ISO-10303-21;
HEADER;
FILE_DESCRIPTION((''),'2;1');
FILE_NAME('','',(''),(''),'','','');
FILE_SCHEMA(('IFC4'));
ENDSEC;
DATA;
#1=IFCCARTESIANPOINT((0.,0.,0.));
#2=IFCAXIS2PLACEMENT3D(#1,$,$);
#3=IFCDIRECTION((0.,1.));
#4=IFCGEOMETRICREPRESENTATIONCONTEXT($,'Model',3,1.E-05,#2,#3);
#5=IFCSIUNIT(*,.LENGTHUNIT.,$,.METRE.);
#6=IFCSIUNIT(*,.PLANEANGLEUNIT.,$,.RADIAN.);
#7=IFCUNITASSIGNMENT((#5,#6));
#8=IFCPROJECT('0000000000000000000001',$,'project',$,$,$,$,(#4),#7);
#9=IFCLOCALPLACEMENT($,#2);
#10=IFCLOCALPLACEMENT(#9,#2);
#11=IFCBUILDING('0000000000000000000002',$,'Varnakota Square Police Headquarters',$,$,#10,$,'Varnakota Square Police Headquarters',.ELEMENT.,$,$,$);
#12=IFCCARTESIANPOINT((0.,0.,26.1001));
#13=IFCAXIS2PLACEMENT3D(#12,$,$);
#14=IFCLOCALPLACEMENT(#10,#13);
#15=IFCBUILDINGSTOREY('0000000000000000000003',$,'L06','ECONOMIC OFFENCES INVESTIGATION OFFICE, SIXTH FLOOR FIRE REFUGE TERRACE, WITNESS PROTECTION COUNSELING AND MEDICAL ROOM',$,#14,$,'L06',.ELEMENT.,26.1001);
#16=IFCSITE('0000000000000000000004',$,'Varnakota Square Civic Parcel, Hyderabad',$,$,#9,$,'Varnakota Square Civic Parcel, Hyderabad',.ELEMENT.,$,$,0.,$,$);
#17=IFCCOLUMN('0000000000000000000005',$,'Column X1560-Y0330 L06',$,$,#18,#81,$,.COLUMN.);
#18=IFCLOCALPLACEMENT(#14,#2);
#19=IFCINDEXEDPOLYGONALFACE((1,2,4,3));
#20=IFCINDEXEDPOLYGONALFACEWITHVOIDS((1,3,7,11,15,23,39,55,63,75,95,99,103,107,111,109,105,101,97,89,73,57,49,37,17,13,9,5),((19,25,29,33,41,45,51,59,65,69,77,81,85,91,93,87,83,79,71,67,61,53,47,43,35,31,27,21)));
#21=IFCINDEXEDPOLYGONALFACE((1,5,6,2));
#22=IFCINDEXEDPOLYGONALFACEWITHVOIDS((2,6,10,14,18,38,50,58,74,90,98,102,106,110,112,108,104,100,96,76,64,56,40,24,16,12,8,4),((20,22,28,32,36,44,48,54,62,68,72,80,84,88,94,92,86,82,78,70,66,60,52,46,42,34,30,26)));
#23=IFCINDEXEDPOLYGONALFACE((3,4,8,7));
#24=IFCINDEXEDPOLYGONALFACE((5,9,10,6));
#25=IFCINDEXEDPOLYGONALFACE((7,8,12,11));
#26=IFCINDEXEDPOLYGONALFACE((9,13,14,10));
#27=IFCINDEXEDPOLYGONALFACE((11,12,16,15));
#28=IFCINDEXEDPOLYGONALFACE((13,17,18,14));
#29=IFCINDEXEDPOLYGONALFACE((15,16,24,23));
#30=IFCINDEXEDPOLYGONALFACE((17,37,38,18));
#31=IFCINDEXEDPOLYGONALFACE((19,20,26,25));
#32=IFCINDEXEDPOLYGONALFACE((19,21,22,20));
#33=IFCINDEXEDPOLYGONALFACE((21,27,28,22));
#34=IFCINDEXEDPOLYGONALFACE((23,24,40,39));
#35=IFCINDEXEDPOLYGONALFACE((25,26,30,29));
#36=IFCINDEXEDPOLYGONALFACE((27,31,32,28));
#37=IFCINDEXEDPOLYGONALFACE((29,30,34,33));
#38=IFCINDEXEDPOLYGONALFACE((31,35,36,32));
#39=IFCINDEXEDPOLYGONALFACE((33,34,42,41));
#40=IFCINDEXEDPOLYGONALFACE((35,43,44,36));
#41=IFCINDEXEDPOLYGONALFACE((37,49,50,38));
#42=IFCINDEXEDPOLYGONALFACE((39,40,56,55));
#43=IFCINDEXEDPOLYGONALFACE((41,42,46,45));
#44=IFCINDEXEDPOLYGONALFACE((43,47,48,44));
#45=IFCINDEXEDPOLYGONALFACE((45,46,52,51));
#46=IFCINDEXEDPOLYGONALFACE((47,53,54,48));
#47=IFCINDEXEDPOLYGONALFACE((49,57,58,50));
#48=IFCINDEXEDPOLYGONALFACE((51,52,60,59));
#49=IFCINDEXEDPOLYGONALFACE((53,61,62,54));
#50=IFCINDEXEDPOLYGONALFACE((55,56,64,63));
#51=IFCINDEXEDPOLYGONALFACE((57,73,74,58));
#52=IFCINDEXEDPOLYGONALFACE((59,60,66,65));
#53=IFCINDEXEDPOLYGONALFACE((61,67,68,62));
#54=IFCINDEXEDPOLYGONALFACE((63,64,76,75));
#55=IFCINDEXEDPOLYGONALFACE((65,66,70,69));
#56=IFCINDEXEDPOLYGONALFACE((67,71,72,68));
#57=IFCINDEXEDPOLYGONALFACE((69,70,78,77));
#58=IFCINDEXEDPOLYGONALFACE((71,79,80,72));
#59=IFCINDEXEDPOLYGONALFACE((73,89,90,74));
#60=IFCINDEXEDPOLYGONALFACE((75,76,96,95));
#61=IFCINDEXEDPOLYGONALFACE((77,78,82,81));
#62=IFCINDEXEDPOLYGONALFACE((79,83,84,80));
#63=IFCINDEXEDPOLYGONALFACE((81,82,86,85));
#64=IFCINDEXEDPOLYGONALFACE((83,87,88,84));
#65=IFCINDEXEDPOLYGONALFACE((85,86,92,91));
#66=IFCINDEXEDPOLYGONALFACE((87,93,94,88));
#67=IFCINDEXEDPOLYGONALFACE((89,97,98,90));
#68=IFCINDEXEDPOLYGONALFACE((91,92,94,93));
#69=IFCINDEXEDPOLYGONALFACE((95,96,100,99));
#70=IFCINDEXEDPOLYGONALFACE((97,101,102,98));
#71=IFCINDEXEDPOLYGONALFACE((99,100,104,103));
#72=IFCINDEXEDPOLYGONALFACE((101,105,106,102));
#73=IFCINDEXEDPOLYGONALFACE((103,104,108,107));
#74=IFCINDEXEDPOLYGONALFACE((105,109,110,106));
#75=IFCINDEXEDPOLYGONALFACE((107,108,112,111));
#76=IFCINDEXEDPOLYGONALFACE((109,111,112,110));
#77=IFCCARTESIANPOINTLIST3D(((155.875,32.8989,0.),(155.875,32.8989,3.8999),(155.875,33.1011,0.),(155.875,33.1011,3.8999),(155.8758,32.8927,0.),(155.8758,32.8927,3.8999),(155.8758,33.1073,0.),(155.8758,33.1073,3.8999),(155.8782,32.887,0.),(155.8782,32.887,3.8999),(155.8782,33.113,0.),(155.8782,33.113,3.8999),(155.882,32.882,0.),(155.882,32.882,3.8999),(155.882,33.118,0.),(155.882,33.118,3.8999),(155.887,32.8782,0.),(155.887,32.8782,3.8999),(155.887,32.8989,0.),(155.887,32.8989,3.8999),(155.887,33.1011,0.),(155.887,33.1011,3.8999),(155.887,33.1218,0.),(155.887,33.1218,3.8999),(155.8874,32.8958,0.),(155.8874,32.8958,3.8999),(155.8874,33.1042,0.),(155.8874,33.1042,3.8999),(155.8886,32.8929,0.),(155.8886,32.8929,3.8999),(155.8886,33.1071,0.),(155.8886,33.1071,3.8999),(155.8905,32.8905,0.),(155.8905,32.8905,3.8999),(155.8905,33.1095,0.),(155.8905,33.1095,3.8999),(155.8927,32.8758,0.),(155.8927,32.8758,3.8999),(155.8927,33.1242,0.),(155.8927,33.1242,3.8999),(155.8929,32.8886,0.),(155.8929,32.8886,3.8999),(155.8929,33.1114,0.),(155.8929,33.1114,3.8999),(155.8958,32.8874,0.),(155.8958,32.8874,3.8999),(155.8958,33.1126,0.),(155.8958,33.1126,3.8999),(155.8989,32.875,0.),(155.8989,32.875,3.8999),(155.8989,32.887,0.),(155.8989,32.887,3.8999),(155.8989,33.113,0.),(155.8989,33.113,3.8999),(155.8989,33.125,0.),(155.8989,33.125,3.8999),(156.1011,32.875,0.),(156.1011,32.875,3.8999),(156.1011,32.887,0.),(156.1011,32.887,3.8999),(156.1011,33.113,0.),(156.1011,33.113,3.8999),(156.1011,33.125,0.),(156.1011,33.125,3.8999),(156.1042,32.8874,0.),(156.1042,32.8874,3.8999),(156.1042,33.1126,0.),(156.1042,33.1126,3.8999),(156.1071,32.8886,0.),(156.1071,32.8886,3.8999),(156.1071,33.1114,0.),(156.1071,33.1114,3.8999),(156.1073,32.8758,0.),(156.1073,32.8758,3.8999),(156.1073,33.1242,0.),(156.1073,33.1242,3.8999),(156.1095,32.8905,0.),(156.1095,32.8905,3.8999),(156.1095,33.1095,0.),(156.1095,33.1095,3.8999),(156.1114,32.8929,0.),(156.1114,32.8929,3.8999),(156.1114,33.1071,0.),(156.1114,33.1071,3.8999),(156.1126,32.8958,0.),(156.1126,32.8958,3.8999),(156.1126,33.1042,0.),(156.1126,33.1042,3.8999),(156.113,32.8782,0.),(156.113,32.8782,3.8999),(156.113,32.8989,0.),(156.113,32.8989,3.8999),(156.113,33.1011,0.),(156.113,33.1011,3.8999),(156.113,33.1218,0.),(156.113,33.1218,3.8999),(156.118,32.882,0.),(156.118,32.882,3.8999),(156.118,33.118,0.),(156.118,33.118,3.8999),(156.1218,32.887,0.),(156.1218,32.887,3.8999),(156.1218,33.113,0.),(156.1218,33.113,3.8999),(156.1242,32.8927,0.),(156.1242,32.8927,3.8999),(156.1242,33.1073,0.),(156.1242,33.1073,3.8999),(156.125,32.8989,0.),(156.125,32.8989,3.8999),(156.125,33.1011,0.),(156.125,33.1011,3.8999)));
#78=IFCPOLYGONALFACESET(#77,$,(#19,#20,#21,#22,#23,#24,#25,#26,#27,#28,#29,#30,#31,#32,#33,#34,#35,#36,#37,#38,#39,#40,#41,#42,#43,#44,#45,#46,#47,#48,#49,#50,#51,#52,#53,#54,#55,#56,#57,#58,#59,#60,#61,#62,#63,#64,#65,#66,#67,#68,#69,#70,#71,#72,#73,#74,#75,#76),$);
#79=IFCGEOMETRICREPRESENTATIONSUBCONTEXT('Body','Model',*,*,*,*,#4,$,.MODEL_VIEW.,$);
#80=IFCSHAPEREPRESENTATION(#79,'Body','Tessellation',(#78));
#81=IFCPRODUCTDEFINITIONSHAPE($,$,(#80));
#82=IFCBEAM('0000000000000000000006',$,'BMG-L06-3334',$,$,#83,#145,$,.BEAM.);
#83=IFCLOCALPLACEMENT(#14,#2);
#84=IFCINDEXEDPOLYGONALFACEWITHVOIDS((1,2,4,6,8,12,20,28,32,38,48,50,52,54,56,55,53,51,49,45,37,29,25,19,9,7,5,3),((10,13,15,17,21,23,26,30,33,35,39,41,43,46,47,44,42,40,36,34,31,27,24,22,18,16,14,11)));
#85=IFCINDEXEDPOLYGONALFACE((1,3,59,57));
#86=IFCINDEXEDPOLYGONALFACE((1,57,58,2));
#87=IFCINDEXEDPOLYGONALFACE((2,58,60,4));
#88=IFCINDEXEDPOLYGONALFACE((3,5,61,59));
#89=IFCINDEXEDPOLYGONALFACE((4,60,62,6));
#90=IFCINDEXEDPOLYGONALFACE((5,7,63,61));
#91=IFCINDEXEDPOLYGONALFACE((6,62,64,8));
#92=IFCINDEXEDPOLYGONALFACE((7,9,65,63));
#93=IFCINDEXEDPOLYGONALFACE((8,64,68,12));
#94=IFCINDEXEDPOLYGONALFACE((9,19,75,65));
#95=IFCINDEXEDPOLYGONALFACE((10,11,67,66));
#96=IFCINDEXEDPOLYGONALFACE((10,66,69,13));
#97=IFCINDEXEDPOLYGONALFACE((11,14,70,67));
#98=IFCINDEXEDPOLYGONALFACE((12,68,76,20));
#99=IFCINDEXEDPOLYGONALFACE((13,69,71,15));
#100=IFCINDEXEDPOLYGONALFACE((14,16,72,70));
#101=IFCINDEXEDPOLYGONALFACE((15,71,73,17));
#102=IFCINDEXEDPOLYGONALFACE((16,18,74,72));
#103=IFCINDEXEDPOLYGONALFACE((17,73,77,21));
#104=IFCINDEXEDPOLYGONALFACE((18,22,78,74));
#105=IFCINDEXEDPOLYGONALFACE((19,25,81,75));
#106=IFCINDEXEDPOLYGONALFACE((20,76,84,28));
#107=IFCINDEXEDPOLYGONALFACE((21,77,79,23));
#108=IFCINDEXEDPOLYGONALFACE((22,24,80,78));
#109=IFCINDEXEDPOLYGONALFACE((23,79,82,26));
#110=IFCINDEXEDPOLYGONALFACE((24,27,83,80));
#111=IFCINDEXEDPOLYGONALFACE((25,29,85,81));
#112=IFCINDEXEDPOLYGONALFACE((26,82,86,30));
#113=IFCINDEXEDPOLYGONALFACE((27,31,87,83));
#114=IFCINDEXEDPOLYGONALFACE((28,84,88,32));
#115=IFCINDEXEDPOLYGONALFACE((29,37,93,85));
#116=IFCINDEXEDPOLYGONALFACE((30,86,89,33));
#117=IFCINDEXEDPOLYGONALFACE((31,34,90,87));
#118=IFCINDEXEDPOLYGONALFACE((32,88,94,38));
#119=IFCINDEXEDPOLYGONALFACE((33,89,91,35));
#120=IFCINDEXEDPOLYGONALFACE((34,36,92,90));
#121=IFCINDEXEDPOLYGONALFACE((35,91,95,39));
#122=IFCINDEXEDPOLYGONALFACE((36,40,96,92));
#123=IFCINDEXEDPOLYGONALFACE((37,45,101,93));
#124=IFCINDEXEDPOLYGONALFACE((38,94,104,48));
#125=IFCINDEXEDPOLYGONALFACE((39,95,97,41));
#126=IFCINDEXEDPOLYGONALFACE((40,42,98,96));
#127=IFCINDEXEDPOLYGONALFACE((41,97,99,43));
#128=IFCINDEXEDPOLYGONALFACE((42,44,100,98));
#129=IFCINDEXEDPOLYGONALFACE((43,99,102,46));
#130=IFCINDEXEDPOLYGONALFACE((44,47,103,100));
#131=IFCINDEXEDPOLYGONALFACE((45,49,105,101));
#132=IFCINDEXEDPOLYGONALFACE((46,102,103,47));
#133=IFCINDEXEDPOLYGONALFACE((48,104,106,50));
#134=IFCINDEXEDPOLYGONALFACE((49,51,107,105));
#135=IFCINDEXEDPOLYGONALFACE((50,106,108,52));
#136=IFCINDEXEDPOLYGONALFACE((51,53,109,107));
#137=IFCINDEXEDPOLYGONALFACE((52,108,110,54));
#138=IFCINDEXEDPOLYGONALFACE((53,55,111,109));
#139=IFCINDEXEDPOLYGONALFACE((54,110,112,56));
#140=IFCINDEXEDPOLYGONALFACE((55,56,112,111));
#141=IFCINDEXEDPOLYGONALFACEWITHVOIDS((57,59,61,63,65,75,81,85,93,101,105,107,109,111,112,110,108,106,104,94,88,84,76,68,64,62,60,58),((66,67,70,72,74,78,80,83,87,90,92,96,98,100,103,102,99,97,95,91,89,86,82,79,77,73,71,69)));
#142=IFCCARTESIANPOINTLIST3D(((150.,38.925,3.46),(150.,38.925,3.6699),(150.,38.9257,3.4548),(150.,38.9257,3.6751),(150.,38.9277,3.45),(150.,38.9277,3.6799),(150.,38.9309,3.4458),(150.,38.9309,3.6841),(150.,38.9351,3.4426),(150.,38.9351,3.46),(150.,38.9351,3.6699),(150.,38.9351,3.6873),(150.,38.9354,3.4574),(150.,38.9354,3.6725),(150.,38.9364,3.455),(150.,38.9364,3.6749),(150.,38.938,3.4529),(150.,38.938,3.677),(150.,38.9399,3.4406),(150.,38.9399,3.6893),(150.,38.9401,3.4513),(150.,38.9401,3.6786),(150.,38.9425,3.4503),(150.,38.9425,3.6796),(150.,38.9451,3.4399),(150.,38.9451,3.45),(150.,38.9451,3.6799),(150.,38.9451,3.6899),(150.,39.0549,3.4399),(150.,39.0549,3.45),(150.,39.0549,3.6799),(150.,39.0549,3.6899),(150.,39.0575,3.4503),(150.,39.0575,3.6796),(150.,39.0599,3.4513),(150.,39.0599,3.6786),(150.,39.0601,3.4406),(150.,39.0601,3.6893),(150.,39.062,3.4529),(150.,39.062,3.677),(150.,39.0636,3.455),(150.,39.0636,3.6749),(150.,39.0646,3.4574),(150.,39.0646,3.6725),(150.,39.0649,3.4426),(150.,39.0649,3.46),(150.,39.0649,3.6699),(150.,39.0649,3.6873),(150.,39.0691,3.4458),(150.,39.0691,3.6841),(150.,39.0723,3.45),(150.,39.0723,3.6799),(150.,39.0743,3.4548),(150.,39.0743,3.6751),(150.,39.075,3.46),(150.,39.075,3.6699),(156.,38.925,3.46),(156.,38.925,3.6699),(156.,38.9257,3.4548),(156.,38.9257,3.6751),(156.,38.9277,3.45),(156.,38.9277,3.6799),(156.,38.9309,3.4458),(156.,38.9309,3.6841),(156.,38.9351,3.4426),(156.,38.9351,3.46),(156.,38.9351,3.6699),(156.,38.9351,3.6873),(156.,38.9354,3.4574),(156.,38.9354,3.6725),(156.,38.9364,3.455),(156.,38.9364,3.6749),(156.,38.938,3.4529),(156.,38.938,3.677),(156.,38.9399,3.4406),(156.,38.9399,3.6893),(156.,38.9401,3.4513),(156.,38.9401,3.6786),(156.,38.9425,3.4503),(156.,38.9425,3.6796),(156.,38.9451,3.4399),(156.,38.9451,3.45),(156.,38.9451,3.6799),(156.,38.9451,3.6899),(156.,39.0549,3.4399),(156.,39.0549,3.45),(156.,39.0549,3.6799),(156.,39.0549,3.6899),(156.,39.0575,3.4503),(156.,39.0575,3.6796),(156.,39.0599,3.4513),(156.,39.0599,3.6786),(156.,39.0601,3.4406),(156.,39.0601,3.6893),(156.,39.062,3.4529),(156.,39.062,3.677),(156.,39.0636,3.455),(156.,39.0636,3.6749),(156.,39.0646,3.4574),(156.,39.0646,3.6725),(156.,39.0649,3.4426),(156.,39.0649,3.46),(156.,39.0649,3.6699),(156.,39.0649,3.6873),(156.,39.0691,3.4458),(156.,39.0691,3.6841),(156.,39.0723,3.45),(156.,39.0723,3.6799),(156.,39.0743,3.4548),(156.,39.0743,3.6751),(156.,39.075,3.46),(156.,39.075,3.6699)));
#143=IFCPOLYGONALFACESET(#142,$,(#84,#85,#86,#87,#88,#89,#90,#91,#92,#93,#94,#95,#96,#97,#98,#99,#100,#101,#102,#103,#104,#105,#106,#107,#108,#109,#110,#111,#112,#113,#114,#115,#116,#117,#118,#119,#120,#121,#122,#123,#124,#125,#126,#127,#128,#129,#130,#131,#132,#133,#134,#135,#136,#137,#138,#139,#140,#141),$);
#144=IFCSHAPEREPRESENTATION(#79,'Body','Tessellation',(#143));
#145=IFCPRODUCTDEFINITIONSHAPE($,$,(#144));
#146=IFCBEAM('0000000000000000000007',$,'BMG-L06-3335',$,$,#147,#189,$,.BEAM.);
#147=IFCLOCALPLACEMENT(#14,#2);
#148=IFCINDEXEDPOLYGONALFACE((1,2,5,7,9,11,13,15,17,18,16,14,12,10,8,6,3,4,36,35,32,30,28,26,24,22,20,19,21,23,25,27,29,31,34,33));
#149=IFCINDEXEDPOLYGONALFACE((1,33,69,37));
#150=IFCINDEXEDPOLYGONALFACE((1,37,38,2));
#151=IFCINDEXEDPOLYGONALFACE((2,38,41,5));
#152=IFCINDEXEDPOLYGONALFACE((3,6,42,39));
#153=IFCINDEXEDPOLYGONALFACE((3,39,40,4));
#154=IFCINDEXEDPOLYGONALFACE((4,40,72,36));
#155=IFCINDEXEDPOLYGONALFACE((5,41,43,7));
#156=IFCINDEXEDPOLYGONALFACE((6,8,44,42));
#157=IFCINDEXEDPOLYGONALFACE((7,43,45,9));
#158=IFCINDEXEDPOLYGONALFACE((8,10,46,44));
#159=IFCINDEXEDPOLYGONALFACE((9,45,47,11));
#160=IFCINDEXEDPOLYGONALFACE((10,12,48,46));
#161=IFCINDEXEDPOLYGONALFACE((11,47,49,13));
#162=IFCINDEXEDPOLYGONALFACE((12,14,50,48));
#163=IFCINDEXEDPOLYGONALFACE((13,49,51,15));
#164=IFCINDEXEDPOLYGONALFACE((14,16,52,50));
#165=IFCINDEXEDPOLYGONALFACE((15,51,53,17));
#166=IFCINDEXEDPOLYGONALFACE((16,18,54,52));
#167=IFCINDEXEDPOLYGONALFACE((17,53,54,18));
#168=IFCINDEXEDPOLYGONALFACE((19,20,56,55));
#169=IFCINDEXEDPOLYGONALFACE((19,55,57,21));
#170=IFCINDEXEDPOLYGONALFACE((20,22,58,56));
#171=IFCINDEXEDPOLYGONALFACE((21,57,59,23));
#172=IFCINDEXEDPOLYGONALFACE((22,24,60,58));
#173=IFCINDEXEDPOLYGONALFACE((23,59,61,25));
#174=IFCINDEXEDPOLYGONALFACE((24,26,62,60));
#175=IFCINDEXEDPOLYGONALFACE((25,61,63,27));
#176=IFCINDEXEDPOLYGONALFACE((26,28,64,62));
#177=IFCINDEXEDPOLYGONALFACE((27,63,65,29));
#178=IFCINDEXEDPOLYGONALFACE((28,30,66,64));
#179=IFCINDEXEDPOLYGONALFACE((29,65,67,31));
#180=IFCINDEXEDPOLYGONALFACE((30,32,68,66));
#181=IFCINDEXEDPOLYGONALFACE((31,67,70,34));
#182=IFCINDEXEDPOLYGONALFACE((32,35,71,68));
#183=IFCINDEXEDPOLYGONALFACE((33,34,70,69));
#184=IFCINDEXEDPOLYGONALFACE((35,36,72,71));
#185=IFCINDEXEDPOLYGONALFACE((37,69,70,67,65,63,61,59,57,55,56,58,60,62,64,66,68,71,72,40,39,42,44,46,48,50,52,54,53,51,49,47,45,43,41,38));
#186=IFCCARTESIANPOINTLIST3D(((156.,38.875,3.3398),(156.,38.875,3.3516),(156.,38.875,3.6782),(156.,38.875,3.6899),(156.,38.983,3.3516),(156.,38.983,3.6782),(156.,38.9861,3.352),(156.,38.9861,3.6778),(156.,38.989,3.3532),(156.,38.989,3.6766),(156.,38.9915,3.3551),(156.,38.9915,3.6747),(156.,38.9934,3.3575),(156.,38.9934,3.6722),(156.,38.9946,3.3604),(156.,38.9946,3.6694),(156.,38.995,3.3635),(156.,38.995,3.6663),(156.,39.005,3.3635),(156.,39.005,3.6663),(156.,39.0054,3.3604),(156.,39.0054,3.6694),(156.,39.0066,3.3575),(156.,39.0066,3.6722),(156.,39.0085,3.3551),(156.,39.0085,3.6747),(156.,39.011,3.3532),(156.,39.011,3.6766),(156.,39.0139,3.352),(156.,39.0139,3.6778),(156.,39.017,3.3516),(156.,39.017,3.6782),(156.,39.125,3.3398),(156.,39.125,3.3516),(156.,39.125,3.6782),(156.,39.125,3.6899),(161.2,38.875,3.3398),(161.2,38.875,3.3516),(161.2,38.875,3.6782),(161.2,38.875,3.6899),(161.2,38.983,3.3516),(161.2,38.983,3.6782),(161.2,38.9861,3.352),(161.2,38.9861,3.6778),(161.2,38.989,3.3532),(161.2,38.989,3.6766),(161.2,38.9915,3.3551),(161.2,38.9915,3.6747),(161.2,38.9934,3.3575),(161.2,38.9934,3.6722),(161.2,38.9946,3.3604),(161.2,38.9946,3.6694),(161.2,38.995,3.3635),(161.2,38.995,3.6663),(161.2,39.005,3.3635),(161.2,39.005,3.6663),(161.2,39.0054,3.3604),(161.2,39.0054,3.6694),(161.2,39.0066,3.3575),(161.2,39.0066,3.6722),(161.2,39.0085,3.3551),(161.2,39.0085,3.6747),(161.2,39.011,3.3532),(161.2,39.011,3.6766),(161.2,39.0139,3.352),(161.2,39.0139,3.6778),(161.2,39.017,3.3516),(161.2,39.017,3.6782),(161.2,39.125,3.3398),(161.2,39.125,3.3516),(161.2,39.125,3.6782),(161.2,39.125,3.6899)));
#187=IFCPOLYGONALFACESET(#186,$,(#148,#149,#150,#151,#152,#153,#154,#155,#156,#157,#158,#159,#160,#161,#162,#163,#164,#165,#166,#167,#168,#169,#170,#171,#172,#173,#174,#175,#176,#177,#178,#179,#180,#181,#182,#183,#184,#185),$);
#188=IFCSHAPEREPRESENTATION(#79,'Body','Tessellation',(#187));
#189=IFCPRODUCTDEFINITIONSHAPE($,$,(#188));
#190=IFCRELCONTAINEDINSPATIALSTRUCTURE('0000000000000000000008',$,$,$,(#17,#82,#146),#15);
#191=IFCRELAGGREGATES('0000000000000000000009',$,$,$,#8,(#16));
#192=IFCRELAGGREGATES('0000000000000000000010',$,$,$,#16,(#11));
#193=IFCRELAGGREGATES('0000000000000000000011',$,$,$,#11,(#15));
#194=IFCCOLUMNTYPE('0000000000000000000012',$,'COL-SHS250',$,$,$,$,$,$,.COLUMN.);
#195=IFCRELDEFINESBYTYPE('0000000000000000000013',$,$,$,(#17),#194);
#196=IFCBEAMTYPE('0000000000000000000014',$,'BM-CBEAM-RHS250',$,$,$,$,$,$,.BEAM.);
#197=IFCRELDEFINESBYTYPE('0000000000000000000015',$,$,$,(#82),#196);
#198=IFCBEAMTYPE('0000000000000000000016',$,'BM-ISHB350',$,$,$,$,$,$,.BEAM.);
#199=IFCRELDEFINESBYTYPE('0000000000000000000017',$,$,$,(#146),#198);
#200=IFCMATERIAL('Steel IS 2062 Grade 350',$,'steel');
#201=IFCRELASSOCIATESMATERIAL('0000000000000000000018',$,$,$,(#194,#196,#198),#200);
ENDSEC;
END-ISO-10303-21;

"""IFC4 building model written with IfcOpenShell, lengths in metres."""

from ifc_helpers import new_model, si_unit, direction, frame, origin, origin_2d, place, context, subcontext, project, spatial, hollow_rectangle, i_section, extrude, material, material_profile, profile_set, type_object, element, save


model = new_model("IFC4")

# Units and contexts
model_context = context("Model", 3, precision=1e-05, world=origin(), true_north=direction((0.0, 1.0)))
body_context = subcontext(model_context, "Body", "Model", "MODEL_VIEW")
ifc_project = project(units=[si_unit("LENGTHUNIT", "METRE"), si_unit("PLANEANGLEUNIT", "RADIAN")], contexts=[model_context])

# Site, building, storey
site_placement = place(None, origin())
site = spatial("IfcSite", under=ifc_project, at=site_placement, Name="Varnakota Square Civic Parcel, Hyderabad", LongName="Varnakota Square Civic Parcel, Hyderabad", CompositionType="ELEMENT", RefElevation=0.0)
building_placement = place(site_placement, origin())
building = spatial("IfcBuilding", under=site, at=building_placement, Name="Varnakota Square Police Headquarters", LongName="Varnakota Square Police Headquarters", CompositionType="ELEMENT")
storey_placement = place(building_placement, frame((0.0, 0.0, 26.1001)))
storey = spatial("IfcBuildingStorey", under=building, at=storey_placement, Name="L06", Description="ECONOMIC OFFENCES INVESTIGATION OFFICE, SIXTH FLOOR FIRE REFUGE TERRACE, WITNESS PROTECTION COUNSELING AND MEDICAL ROOM", LongName="L06", CompositionType="ELEMENT", Elevation=26.1001)

# Column
ifc_material_1 = material(Name="Steel IS 2062 Grade 350", Category="steel")
ifc_material_profile_1 = material_profile(ifc_material_1, hollow_rectangle(XDim=0.25, YDim=0.25, WallThickness=0.012, InnerFilletRadius=0.012, OuterFilletRadius=0.0239, at=origin_2d()), Name="SHS 250x250x12")
ifc_profile_set_1 = profile_set([ifc_material_profile_1], Name="Steel IS 2062 Grade 350")
column_type_1 = type_object("IfcColumnType", Name="COL-SHS250", PredefinedType="COLUMN", material=ifc_profile_set_1)
for number, where, z_axis, x_axis, name in (
    (1, (156.0, 33.0, 0.0), (0.0, 0.0, 1.0), (1.0, 0.0, 0.0), "Column X1560-Y0330 L06"),
):
    element("IfcColumn", number, at=place(storey_placement, frame(where, z_axis=z_axis, x_axis=x_axis)), inside=storey, type_object=column_type_1, Name=name, PredefinedType="COLUMN", context=body_context, shape_type="SweptSolid", body=[
        extrude(hollow_rectangle(XDim=0.25, YDim=0.25, WallThickness=0.012, InnerFilletRadius=0.012, OuterFilletRadius=0.0239, at=origin_2d()), origin(), (0.0, 0.0, 1.0), 3.8999),
    ])

# Beams
ifc_material_profile_2 = material_profile(ifc_material_1, hollow_rectangle(XDim=0.1499, YDim=0.25, WallThickness=0.01, InnerFilletRadius=0.01, OuterFilletRadius=0.02, at=origin_2d()), Name="RHS 250x150x10")
ifc_profile_set_2 = profile_set([ifc_material_profile_2], Name="Steel IS 2062 Grade 350")
beam_type_1 = type_object("IfcBeamType", Name="BM-CBEAM-RHS250", PredefinedType="BEAM", material=ifc_profile_set_2)
beam_1_placement = place(storey_placement, frame((150.0, 39.0, 3.5649), z_axis=(1.0, 0.0, 0.0), x_axis=(0.0, 1.0, 0.0)))
element("IfcBeam", 2, at=beam_1_placement, inside=storey, type_object=beam_type_1, Name="BMG-L06-3334", PredefinedType="BEAM", context=body_context, shape_type="SweptSolid", body=[
    extrude(hollow_rectangle(XDim=0.1499, YDim=0.25, WallThickness=0.01, InnerFilletRadius=0.01, OuterFilletRadius=0.02, at=origin_2d()), origin(), (0.0, 0.0, 1.0), 6.0),
])
ifc_material_profile_3 = material_profile(ifc_material_1, i_section(OverallWidth=0.25, OverallDepth=0.3501, WebThickness=0.01, FlangeThickness=0.0117, FilletRadius=0.012, at=origin_2d()), Name="ISHB 350")
ifc_profile_set_3 = profile_set([ifc_material_profile_3], Name="Steel IS 2062 Grade 350")
beam_type_2 = type_object("IfcBeamType", Name="BM-ISHB350", PredefinedType="BEAM", material=ifc_profile_set_3)
beam_2_placement = place(storey_placement, frame((156.0, 39.0, 3.5149), z_axis=(1.0, 0.0, 0.0), x_axis=(0.0, 1.0, 0.0)))
element("IfcBeam", 3, at=beam_2_placement, inside=storey, type_object=beam_type_2, Name="BMG-L06-3335", PredefinedType="BEAM", context=body_context, shape_type="SweptSolid", body=[
    extrude(i_section(OverallWidth=0.25, OverallDepth=0.3501, WebThickness=0.01, FlangeThickness=0.0117, FilletRadius=0.012, at=origin_2d()), origin(), (0.0, 0.0, 1.0), 5.2),
])

save(model, "model.ifc")
